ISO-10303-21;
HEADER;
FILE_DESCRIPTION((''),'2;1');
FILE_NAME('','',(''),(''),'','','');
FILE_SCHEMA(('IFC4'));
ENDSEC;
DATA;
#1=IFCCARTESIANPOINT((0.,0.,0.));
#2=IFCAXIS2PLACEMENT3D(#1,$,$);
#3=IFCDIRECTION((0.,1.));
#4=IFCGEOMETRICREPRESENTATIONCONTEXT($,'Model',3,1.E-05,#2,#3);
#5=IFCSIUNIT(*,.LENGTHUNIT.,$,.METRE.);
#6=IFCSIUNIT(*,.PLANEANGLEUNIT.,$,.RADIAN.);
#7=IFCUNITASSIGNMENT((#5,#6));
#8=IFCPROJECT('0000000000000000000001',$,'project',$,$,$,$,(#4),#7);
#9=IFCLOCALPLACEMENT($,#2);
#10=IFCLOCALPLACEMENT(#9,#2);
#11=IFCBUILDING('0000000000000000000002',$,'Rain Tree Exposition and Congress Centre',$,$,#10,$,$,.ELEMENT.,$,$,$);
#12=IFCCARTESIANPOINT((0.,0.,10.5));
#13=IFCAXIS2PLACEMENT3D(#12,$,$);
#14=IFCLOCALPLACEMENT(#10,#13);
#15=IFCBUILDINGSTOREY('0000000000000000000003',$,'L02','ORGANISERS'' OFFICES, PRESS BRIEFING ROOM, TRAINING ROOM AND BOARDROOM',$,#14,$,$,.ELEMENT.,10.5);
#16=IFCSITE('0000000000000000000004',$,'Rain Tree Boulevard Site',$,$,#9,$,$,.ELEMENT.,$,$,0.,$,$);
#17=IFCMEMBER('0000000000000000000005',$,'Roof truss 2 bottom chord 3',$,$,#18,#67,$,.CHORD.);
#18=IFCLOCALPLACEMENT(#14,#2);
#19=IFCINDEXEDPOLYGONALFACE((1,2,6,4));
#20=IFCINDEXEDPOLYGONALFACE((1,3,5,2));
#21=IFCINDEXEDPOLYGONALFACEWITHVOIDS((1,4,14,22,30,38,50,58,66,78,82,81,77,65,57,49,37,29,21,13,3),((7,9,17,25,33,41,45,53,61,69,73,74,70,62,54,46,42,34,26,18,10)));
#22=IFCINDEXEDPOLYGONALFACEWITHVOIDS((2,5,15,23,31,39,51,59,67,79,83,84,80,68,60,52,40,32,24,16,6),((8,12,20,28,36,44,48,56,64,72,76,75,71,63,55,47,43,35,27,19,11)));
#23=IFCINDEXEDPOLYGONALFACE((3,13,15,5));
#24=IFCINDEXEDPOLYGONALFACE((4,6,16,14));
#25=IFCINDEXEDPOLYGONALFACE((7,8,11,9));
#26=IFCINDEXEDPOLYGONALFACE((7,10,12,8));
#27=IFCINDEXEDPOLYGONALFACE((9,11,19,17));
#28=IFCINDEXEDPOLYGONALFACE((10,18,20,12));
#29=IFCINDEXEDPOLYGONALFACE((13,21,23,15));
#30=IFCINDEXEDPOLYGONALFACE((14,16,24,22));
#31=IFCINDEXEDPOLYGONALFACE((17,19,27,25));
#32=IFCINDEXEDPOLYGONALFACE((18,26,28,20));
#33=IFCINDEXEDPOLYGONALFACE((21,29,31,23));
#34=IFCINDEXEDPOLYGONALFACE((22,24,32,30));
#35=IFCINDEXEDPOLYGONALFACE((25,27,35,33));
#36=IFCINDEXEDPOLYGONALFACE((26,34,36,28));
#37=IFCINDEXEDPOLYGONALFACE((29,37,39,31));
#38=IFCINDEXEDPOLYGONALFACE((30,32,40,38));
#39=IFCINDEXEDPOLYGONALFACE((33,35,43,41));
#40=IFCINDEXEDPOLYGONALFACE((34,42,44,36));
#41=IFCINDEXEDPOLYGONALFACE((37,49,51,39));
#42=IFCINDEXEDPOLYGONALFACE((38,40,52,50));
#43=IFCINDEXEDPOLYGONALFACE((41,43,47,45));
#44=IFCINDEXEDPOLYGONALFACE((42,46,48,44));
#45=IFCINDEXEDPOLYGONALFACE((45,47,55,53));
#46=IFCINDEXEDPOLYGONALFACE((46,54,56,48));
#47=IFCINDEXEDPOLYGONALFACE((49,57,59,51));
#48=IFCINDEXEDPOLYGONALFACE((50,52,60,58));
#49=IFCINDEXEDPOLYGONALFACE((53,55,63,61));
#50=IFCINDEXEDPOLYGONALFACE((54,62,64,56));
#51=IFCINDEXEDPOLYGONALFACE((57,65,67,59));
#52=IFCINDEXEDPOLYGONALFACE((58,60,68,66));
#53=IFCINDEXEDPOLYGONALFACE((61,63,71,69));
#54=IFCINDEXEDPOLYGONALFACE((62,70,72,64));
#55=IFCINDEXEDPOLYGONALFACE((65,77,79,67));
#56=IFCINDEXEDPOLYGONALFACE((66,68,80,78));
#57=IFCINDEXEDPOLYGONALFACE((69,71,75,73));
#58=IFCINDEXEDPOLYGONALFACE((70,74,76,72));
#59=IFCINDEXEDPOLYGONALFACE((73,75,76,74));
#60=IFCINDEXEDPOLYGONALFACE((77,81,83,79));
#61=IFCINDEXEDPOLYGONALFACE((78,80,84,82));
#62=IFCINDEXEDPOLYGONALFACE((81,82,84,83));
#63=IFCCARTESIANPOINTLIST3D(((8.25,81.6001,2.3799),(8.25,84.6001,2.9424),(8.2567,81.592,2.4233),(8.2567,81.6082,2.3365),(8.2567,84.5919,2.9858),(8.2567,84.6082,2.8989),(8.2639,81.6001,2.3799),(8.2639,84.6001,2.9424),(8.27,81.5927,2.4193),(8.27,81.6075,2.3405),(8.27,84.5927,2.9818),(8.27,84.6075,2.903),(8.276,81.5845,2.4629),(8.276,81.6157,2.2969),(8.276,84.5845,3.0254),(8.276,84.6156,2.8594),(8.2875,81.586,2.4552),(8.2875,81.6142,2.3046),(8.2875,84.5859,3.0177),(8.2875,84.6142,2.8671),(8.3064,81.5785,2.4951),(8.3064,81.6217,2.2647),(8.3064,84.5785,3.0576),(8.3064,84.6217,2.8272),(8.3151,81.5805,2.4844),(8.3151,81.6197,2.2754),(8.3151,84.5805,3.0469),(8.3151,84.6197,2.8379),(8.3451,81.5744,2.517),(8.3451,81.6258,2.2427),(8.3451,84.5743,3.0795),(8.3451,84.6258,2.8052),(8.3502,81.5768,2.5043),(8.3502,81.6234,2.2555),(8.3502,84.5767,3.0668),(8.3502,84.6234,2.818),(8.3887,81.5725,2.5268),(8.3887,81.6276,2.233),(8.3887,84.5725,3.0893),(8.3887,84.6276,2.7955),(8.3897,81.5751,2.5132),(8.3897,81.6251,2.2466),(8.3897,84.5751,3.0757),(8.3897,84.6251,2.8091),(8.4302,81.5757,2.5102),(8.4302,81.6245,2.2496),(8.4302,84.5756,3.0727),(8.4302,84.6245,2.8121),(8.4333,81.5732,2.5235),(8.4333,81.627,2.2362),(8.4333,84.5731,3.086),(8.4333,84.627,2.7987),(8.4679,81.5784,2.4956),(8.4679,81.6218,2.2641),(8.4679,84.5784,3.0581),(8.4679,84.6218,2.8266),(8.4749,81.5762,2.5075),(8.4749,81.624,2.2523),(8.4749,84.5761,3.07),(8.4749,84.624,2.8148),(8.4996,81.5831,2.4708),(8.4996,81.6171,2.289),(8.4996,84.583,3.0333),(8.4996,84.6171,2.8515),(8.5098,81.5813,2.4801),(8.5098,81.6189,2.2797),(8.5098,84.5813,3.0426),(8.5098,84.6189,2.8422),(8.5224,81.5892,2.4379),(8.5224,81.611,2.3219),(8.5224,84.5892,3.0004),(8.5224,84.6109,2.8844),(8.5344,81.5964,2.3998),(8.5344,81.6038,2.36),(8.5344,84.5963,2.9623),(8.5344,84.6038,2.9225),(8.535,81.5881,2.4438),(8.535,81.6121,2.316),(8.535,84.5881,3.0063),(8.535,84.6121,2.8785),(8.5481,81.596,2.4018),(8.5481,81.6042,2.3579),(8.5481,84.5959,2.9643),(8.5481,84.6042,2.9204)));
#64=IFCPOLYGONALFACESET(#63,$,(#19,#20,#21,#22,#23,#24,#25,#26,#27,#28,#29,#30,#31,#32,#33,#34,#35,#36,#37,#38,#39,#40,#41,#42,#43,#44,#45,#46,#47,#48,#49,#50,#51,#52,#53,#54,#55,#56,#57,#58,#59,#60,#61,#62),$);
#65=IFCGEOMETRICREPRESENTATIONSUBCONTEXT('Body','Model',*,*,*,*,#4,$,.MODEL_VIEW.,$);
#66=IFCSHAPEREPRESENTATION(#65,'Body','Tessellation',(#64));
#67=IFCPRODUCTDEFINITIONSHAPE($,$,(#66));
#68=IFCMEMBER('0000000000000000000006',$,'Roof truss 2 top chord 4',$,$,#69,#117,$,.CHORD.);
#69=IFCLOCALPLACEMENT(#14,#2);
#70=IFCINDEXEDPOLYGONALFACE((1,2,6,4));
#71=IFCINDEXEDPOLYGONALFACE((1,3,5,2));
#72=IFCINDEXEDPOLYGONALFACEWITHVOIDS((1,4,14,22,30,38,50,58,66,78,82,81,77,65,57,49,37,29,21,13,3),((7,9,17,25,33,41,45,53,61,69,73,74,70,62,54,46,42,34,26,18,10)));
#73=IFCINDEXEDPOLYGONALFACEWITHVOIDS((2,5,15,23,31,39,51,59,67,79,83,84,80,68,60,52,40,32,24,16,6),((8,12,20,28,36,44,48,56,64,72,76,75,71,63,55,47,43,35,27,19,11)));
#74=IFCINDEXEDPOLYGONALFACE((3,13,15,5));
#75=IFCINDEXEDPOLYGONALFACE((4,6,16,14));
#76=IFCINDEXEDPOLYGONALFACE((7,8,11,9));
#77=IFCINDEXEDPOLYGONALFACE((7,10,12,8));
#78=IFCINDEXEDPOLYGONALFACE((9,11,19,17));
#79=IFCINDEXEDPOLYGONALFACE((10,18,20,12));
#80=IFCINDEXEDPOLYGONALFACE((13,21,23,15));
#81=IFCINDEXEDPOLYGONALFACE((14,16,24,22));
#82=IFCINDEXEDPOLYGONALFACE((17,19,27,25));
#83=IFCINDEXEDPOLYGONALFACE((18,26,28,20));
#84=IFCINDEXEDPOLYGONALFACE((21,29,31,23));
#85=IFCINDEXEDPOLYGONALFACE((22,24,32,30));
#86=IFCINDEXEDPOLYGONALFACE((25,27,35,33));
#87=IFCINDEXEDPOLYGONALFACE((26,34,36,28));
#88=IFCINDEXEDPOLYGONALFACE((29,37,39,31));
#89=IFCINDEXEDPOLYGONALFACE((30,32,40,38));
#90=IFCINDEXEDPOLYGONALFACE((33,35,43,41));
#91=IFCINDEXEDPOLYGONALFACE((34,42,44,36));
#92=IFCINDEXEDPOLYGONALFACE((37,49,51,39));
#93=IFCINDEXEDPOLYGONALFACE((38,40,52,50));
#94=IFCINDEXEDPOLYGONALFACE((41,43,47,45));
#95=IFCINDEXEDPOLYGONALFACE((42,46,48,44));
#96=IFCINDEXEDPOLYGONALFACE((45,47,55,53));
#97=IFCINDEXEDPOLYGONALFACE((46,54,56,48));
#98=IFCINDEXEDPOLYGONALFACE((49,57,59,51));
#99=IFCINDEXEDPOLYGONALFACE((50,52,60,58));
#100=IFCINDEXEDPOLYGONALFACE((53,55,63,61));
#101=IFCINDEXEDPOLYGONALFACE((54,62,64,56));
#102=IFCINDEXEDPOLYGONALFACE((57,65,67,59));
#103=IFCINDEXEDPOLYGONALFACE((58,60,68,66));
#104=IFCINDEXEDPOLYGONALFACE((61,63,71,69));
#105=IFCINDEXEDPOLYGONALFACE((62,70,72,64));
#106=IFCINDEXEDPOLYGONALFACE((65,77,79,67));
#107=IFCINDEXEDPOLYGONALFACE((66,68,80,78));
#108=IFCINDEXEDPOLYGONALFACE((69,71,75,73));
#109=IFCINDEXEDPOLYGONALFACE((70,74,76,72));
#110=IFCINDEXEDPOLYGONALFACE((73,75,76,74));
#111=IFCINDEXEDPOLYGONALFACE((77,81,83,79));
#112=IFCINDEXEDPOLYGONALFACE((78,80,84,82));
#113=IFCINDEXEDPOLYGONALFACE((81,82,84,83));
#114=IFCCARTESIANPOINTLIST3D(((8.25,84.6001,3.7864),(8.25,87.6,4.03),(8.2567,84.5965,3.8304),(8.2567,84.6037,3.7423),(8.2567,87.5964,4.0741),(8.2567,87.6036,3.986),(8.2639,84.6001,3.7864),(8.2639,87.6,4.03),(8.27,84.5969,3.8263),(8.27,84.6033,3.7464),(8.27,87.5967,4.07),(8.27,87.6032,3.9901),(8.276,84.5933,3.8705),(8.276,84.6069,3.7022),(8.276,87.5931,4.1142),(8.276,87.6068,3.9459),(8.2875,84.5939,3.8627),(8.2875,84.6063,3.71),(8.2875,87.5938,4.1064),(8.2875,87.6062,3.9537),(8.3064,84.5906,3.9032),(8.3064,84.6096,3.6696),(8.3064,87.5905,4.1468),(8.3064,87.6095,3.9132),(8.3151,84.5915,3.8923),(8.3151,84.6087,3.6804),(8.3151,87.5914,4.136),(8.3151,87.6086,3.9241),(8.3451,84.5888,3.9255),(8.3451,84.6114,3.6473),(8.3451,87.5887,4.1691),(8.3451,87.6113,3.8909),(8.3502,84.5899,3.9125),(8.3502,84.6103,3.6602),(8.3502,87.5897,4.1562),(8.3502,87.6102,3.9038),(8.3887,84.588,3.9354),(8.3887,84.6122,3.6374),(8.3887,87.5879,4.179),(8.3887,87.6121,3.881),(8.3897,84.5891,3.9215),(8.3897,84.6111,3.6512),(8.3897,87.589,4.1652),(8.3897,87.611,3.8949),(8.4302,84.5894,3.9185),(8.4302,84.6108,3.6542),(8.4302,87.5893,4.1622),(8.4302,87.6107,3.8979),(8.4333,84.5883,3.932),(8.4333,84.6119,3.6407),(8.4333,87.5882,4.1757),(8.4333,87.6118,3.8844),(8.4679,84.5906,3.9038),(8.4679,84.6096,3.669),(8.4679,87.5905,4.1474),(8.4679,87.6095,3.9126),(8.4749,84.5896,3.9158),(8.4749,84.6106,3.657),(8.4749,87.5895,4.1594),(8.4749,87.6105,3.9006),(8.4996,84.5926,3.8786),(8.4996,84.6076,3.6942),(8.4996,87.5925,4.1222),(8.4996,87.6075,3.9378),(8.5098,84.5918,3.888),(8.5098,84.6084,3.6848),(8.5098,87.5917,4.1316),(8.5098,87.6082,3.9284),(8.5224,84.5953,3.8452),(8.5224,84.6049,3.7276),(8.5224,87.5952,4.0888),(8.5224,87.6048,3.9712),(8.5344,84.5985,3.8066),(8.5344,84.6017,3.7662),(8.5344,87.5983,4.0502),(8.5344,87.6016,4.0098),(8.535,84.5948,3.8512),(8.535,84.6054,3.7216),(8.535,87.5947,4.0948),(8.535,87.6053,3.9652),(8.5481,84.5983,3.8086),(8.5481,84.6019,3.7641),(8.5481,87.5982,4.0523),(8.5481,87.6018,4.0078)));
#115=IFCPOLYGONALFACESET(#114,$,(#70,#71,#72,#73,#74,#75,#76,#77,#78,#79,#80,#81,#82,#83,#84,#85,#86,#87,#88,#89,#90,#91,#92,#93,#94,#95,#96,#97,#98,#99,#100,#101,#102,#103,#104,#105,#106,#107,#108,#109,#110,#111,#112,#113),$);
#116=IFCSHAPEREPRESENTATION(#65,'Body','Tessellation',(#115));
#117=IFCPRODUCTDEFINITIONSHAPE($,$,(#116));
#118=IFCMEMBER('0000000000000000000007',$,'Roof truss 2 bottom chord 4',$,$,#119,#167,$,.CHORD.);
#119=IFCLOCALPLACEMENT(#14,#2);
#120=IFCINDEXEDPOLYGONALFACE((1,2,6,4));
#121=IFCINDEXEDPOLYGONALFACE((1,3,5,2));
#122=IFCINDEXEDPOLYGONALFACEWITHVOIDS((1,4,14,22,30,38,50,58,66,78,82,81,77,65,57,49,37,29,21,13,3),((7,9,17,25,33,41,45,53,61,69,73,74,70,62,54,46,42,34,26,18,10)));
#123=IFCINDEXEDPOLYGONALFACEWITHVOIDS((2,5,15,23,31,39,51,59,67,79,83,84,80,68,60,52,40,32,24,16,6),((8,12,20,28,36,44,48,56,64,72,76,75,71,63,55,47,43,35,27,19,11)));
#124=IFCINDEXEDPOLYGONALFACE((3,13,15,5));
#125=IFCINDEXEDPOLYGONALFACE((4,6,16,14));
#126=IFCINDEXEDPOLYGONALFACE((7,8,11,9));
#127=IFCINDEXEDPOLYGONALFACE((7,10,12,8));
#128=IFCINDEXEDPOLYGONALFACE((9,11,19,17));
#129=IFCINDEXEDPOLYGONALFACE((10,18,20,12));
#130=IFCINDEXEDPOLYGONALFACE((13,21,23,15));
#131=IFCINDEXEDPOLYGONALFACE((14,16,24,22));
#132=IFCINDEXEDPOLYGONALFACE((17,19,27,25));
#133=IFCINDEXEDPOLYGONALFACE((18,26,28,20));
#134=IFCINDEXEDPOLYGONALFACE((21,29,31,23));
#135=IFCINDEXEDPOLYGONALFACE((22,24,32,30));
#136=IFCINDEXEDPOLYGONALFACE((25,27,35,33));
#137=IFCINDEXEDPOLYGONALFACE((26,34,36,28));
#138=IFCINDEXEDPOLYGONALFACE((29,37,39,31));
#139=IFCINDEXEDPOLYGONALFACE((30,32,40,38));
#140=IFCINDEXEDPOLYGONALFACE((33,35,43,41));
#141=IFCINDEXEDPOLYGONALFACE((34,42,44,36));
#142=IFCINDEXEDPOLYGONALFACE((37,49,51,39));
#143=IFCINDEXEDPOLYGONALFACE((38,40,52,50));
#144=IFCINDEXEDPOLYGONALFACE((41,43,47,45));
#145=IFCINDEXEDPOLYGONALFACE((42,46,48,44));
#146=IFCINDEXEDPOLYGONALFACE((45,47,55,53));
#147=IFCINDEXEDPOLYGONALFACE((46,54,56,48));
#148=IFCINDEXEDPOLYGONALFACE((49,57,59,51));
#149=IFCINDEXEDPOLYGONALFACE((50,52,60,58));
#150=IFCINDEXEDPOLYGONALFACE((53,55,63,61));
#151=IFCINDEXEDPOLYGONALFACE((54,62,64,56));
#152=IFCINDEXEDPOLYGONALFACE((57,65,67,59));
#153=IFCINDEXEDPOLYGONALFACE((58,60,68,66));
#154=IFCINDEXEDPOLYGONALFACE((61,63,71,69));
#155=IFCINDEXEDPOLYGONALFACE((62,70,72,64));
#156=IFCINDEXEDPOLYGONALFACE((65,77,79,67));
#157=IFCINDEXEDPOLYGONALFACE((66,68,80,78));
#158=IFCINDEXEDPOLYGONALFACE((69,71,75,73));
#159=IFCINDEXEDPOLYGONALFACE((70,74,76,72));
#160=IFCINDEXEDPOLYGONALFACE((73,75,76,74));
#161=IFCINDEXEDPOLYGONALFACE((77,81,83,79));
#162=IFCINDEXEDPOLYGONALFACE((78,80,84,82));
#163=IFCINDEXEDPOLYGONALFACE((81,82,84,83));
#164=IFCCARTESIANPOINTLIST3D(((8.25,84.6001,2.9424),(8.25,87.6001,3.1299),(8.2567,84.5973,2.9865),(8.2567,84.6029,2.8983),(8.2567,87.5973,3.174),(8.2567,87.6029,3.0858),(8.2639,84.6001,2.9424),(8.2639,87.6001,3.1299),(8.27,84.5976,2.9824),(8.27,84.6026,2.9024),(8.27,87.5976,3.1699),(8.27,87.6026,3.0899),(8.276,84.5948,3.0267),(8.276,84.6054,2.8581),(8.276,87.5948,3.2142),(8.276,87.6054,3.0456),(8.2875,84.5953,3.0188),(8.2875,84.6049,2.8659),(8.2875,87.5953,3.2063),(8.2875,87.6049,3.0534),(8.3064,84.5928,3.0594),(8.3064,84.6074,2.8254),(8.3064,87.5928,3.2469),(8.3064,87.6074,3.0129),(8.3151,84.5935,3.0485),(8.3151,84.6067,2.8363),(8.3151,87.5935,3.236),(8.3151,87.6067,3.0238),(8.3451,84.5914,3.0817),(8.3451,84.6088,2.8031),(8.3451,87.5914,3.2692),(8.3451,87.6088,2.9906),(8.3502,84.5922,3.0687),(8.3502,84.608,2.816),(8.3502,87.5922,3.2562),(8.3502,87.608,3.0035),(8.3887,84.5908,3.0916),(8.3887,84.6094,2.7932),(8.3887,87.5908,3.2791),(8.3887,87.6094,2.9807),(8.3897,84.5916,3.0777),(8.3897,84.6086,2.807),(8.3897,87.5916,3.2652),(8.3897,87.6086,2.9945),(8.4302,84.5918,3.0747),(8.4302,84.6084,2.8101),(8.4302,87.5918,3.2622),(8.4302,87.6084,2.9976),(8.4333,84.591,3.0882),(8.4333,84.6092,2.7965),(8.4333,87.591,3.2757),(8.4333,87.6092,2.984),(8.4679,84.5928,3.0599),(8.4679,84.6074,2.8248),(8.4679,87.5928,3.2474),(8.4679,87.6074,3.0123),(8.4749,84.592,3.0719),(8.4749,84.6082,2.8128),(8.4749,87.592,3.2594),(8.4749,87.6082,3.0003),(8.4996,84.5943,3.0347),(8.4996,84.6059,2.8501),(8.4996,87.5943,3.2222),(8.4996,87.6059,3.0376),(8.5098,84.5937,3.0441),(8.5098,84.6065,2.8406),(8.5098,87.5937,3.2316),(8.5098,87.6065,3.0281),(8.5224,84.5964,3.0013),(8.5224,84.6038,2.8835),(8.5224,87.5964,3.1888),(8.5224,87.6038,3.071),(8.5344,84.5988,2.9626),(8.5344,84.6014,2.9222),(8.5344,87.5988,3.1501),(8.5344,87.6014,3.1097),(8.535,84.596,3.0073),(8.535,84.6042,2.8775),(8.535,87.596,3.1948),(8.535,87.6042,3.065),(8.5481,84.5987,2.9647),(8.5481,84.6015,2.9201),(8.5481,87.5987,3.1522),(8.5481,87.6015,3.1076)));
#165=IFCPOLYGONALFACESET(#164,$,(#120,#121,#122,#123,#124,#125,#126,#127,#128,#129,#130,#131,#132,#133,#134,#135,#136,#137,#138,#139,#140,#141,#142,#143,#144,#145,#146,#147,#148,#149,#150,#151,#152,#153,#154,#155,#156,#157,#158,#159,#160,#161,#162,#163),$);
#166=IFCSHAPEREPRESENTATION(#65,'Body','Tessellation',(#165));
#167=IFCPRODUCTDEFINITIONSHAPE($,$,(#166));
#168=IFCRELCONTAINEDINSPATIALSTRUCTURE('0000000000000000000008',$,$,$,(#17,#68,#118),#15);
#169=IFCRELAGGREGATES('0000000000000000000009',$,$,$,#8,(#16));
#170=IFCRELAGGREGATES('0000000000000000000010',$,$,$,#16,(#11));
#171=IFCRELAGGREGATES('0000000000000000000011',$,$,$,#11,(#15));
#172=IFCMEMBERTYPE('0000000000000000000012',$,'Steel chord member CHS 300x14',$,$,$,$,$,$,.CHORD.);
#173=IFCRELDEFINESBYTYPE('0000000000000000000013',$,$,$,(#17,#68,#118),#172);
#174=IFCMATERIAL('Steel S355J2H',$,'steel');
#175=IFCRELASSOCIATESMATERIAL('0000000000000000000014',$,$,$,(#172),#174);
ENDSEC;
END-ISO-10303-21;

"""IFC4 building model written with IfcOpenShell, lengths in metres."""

from ifc_helpers import new_model, si_unit, direction, frame, origin, origin_2d, place, context, subcontext, project, spatial, hollow_circle, extrude, material, material_profile, profile_set, type_object, element, save


model = new_model("IFC4")

# Units and contexts
model_context = context("Model", 3, precision=1e-05, world=origin(), true_north=direction((0.0, 1.0)))
body_context = subcontext(model_context, "Body", "Model", "MODEL_VIEW")
ifc_project = project(units=[si_unit("LENGTHUNIT", "METRE"), si_unit("PLANEANGLEUNIT", "RADIAN")], contexts=[model_context])

# Site, building, storey
site_placement = place(None, origin())
site = spatial("IfcSite", under=ifc_project, at=site_placement, Name="Rain Tree Boulevard Site", CompositionType="ELEMENT", RefElevation=0.0)
building_placement = place(site_placement, origin())
building = spatial("IfcBuilding", under=site, at=building_placement, Name="Rain Tree Exposition and Congress Centre", CompositionType="ELEMENT")
storey_placement = place(building_placement, frame((0.0, 0.0, 10.5)))
storey = spatial("IfcBuildingStorey", under=building, at=storey_placement, Name="L02", Description="ORGANISERS' OFFICES, PRESS BRIEFING ROOM, TRAINING ROOM AND BOARDROOM", CompositionType="ELEMENT", Elevation=10.5)

# Members
ifc_material_1 = material(Name="Steel S355J2H", Category="steel")
ifc_material_profile_1 = material_profile(ifc_material_1, hollow_circle(Radius=0.1499, WallThickness=0.0139, at=origin_2d()), Name="CHS 300x14")
ifc_profile_set_1 = profile_set([ifc_material_profile_1], Name="Steel S355J2H")
member_type_1 = type_object("IfcMemberType", Name="Steel chord member CHS 300x14", PredefinedType="CHORD", material=ifc_profile_set_1)
member_1_placement = place(storey_placement, frame((8.3999, 81.6001, 2.3799), z_axis=(0.0, 0.982872, 0.184289), x_axis=(-1.0, 0.0, 0.0)))
element("IfcMember", 1, at=member_1_placement, inside=storey, type_object=member_type_1, Name="Roof truss 2 bottom chord 3", PredefinedType="CHORD", context=body_context, shape_type="SweptSolid", body=[
    extrude(hollow_circle(Radius=0.1499, WallThickness=0.0139, at=origin_2d()), origin(), (0.0, 0.0, 1.0), 3.0522),
])
member_2_placement = place(storey_placement, frame((8.3999, 84.6001, 3.7864), z_axis=(0.0, 0.996718, 0.080951), x_axis=(-1.0, 0.0, 0.0)))
element("IfcMember", 2, at=member_2_placement, inside=storey, type_object=member_type_1, Name="Roof truss 2 top chord 4", PredefinedType="CHORD", context=body_context, shape_type="SweptSolid", body=[
    extrude(hollow_circle(Radius=0.1499, WallThickness=0.0139, at=origin_2d()), origin(), (0.0, 0.0, 1.0), 3.0098),
])
member_3_placement = place(storey_placement, frame((8.3999, 84.6001, 2.9424), z_axis=(0.0, 0.998053, 0.062378), x_axis=(-1.0, 0.0, 0.0)))
element("IfcMember", 3, at=member_3_placement, inside=storey, type_object=member_type_1, Name="Roof truss 2 bottom chord 4", PredefinedType="CHORD", context=body_context, shape_type="SweptSolid", body=[
    extrude(hollow_circle(Radius=0.1499, WallThickness=0.0139, at=origin_2d()), origin(), (0.0, 0.0, 1.0), 3.0059),
])

save(model, "model.ifc")
